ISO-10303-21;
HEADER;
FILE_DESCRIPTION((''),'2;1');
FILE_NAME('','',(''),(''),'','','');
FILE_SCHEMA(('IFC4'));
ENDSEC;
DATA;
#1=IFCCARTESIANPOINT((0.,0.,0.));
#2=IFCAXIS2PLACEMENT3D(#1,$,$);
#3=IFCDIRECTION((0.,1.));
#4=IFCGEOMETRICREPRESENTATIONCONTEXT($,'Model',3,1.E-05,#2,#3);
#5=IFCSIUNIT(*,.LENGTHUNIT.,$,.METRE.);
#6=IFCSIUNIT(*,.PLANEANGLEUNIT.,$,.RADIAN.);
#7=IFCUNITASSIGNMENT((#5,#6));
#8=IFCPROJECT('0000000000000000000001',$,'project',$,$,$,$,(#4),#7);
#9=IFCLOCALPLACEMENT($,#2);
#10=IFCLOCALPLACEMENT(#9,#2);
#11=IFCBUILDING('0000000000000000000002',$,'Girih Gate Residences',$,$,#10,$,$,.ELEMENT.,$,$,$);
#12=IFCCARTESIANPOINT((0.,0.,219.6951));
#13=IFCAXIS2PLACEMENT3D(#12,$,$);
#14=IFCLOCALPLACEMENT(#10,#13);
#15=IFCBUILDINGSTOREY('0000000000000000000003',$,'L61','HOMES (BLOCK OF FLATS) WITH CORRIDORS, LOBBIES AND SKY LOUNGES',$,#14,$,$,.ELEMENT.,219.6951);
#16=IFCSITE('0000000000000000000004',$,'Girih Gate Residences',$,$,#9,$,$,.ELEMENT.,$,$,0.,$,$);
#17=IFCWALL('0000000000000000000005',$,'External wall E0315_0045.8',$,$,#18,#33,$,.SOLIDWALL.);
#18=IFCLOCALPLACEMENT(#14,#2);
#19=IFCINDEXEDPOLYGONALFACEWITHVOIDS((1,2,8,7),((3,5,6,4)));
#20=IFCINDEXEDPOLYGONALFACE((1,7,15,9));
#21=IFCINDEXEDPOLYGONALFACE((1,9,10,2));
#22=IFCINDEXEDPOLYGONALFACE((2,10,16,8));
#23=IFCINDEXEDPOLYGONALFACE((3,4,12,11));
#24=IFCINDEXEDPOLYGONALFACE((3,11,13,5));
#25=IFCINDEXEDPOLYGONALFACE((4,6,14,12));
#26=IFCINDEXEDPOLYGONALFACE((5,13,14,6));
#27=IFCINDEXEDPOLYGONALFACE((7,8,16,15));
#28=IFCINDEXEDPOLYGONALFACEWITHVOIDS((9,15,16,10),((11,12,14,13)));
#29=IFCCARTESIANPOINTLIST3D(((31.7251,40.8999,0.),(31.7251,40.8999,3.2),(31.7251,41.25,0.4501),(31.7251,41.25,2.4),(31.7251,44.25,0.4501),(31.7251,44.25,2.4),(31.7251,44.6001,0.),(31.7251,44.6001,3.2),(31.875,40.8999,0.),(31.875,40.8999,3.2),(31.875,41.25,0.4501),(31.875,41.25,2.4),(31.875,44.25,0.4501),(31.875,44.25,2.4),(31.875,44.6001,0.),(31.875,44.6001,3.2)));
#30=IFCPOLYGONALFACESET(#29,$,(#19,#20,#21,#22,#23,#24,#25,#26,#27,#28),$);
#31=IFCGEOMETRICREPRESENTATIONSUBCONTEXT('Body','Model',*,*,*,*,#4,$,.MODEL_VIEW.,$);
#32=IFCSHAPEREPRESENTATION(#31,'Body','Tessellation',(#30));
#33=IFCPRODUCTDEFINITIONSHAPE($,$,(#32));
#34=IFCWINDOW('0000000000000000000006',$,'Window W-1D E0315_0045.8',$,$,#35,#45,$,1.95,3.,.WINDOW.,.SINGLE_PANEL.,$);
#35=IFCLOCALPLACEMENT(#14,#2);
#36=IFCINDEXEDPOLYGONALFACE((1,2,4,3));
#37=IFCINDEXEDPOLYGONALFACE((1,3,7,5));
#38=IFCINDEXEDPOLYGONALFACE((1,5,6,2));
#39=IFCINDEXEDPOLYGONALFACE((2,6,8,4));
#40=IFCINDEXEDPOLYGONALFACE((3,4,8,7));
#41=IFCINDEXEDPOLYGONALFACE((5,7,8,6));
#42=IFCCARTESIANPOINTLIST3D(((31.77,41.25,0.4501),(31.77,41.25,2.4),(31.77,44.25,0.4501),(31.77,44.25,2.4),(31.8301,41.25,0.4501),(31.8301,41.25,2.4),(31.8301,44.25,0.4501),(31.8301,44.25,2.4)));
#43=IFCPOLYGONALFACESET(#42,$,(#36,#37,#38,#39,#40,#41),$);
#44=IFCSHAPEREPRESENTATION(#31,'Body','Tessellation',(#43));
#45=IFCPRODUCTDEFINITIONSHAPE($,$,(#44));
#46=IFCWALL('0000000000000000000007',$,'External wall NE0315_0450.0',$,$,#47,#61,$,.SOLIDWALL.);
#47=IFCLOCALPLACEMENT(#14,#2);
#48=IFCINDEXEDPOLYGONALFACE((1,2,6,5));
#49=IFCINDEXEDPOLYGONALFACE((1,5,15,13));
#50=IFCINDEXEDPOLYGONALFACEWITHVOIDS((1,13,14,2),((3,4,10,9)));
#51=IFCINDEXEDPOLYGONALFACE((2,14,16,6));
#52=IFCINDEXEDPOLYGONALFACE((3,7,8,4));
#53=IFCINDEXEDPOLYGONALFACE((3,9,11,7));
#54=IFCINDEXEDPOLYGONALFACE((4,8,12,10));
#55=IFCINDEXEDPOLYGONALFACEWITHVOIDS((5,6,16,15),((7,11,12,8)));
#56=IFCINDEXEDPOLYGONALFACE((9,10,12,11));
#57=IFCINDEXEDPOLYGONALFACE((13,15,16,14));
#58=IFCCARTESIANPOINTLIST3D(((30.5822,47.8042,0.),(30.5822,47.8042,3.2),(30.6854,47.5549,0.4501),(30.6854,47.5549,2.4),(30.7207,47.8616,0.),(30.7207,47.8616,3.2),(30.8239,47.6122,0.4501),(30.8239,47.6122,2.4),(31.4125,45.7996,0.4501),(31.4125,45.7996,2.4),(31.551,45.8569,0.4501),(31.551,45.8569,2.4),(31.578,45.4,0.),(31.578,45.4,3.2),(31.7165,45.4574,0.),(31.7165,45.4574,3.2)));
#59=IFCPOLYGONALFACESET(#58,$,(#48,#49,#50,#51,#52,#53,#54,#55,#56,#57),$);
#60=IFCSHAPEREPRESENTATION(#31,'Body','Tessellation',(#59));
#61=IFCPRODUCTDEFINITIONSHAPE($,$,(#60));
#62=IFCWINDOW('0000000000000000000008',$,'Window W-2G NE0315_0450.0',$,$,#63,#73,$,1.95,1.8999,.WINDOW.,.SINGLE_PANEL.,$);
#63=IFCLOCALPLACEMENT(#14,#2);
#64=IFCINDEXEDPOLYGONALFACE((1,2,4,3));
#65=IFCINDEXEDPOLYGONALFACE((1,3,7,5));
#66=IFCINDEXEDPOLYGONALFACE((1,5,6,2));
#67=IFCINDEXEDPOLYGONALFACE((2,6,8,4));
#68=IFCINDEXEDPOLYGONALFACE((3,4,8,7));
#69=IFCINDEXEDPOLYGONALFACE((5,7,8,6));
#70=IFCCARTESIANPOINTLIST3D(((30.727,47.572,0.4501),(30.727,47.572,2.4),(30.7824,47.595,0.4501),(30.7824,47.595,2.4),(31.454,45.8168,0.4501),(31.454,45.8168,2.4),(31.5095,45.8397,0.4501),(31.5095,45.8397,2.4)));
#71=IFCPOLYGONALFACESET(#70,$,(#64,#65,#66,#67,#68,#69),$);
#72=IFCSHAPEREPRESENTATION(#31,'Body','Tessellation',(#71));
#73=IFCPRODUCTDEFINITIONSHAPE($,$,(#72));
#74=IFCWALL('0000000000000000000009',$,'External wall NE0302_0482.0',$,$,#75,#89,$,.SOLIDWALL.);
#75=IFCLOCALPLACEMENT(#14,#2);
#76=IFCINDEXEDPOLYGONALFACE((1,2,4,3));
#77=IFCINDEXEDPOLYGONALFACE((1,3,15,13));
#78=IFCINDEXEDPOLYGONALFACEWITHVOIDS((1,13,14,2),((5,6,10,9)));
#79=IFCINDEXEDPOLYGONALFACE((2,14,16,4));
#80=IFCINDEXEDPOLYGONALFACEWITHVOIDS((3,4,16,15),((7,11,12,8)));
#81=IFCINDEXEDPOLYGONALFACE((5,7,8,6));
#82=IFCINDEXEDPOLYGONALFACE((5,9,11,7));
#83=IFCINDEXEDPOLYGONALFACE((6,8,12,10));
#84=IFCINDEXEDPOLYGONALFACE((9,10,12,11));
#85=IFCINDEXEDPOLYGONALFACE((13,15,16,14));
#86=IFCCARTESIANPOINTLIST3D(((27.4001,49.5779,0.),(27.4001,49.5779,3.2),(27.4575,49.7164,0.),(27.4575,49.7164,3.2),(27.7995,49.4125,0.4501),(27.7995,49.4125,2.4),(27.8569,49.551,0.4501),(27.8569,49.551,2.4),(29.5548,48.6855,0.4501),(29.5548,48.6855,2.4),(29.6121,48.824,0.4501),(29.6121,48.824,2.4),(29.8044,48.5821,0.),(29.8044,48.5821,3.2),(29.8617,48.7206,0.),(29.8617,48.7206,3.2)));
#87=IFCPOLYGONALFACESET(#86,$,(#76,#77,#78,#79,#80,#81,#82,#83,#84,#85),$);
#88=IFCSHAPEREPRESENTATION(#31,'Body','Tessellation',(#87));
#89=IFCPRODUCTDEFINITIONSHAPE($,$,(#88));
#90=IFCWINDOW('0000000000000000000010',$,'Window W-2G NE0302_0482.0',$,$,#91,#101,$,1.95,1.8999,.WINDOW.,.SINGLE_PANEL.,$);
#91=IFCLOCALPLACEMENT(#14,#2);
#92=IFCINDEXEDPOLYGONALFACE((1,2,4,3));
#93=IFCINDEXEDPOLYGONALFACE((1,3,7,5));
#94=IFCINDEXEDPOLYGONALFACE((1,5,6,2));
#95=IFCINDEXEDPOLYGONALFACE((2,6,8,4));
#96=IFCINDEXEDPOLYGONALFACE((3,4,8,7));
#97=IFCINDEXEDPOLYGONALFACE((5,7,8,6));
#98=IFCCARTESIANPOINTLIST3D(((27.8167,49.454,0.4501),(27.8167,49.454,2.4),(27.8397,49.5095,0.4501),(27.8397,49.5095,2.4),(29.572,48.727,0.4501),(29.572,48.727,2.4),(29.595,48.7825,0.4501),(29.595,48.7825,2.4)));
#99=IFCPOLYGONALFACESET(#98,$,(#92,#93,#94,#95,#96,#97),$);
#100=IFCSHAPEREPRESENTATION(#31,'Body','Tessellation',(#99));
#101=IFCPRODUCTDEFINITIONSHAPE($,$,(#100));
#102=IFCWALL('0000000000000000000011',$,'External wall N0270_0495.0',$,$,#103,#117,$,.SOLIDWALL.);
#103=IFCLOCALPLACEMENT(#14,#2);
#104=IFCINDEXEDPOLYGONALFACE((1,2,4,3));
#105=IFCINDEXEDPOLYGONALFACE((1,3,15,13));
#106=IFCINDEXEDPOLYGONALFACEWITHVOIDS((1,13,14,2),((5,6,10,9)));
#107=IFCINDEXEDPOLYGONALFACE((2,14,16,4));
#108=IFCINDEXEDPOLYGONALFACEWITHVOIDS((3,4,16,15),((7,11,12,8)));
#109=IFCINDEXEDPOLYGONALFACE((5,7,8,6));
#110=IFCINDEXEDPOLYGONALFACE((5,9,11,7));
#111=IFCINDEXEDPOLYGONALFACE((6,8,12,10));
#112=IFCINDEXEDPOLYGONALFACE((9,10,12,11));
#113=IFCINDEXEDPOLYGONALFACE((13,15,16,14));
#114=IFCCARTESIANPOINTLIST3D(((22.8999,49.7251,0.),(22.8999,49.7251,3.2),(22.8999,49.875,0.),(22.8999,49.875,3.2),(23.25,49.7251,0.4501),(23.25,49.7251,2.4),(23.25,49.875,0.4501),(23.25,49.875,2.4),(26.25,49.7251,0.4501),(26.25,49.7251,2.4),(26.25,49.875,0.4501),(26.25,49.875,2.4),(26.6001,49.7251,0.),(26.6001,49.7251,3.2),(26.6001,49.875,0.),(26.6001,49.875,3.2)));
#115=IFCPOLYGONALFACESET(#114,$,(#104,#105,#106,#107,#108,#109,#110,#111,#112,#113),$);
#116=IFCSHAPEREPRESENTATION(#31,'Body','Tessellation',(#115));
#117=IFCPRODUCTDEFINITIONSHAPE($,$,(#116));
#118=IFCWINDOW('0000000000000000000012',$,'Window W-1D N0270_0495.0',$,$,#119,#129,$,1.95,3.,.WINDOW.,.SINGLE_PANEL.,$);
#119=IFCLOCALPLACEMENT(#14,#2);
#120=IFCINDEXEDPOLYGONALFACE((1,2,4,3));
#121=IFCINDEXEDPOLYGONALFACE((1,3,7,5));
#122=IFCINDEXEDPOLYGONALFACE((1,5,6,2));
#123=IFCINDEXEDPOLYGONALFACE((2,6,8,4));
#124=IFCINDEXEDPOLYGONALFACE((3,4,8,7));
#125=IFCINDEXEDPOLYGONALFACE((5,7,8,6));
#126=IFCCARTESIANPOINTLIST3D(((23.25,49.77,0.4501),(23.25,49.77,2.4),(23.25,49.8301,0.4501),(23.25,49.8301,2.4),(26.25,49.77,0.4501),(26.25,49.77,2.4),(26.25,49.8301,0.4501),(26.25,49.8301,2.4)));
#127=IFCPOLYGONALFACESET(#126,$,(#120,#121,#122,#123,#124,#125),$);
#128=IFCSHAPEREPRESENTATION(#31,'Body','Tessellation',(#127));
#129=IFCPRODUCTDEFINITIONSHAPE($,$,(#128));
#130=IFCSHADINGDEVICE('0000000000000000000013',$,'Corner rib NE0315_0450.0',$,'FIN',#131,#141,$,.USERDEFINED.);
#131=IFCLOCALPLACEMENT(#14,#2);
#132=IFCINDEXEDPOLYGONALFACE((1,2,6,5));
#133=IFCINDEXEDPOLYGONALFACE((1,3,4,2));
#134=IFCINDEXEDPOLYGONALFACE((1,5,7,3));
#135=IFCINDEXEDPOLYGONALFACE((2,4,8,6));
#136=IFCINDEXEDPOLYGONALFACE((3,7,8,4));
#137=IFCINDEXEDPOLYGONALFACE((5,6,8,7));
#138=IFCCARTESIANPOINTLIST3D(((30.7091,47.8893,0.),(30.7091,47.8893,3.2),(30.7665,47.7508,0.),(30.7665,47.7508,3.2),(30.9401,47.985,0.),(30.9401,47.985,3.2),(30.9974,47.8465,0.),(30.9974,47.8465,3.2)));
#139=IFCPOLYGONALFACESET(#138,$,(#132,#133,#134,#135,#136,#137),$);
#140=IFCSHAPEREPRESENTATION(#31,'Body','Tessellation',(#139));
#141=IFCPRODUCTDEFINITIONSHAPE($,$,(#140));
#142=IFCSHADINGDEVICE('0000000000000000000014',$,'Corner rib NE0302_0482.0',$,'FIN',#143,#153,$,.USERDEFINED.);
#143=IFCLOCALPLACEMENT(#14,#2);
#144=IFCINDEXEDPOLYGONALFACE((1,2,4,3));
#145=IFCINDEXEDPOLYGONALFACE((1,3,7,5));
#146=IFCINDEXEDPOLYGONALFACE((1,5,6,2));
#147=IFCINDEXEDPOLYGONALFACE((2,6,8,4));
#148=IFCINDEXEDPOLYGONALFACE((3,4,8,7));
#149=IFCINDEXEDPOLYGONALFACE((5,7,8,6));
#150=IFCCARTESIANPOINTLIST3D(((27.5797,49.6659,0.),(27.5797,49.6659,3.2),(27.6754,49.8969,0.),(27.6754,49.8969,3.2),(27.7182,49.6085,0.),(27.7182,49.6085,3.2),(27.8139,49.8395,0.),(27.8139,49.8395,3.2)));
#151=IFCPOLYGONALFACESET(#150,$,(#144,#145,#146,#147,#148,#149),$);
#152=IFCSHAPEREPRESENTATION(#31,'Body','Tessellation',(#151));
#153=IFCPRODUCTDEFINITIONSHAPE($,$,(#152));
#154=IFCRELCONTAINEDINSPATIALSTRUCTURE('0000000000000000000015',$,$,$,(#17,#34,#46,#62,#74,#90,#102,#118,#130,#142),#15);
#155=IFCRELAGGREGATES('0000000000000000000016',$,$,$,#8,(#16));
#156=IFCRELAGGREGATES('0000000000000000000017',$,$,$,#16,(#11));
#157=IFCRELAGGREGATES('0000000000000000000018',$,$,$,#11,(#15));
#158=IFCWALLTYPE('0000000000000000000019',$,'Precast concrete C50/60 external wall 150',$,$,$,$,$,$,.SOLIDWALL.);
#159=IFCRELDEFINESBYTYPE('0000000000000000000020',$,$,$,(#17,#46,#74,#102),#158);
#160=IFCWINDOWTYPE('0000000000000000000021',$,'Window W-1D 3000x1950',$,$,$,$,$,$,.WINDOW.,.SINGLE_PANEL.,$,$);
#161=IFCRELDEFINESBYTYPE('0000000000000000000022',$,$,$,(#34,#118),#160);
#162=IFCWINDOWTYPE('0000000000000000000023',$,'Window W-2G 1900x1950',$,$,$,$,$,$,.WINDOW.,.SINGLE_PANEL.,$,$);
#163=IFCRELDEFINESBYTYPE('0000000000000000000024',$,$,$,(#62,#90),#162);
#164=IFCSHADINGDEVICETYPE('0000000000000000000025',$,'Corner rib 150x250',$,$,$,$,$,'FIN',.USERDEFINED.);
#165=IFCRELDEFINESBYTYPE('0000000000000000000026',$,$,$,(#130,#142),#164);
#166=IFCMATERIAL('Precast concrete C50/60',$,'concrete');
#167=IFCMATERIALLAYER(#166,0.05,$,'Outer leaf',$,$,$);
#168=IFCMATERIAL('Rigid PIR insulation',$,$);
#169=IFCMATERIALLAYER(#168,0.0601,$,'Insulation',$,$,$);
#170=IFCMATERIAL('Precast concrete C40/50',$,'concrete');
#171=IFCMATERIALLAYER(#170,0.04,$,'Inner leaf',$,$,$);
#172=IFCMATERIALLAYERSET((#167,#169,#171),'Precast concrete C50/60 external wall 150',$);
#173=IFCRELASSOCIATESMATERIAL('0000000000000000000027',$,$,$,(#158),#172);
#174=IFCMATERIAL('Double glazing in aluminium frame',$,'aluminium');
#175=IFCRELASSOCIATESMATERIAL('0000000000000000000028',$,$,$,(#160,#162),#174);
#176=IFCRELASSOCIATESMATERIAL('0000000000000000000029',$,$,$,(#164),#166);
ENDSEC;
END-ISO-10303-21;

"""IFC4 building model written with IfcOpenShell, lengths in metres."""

from ifc_helpers import new_model, si_unit, direction, frame, frame_2d, origin, origin_2d, place, context, subcontext, project, spatial, rectangle, extrude, material, layer, layer_set, type_object, element, fill, save


model = new_model("IFC4")

# Units and contexts
model_context = context("Model", 3, precision=1e-05, world=origin(), true_north=direction((0.0, 1.0)))
body_context = subcontext(model_context, "Body", "Model", "MODEL_VIEW")
ifc_project = project(units=[si_unit("LENGTHUNIT", "METRE"), si_unit("PLANEANGLEUNIT", "RADIAN")], contexts=[model_context])

# Site, building, storey
site_placement = place(None, origin())
site = spatial("IfcSite", under=ifc_project, at=site_placement, Name="Girih Gate Residences", CompositionType="ELEMENT", RefElevation=0.0)
building_placement = place(site_placement, origin())
building = spatial("IfcBuilding", under=site, at=building_placement, Name="Girih Gate Residences", CompositionType="ELEMENT")
storey_placement = place(building_placement, frame((0.0, 0.0, 219.6951)))
storey = spatial("IfcBuildingStorey", under=building, at=storey_placement, Name="L61", Description="HOMES (BLOCK OF FLATS) WITH CORRIDORS, LOBBIES AND SKY LOUNGES", CompositionType="ELEMENT", Elevation=219.6951)

# Walls, openings, windows
ifc_material_1 = material(Name="Precast concrete C50/60", Category="concrete")
ifc_layer_1 = layer(ifc_material_1, 0.05, Name="Outer leaf")
ifc_material_2 = material(Name="Rigid PIR insulation")
ifc_layer_2 = layer(ifc_material_2, 0.0601, Name="Insulation")
ifc_material_3 = material(Name="Precast concrete C40/50", Category="concrete")
ifc_layer_3 = layer(ifc_material_3, 0.04, Name="Inner leaf")
ifc_layer_set_1 = layer_set([ifc_layer_1, ifc_layer_2, ifc_layer_3], Name="Precast concrete C50/60 external wall 150")
wall_type_1 = type_object("IfcWallType", Name="Precast concrete C50/60 external wall 150", PredefinedType="SOLIDWALL", material=ifc_layer_set_1)
ifc_material_4 = material(Name="Double glazing in aluminium frame", Category="aluminium")
window_type_1 = type_object("IfcWindowType", Name="Window W-1D 3000x1950", PartitioningType="SINGLE_PANEL", PredefinedType="WINDOW", material=ifc_material_4)
wall_1_placement = place(storey_placement, frame((31.8, 44.6001, 0.0), z_axis=(0.0, 0.0, 1.0), x_axis=(0.0, -1.0, 0.0)))
wall_1 = element("IfcWall", 1, at=wall_1_placement, inside=storey, type_object=wall_type_1, Name="External wall E0315_0045.8", PredefinedType="SOLIDWALL", context=body_context, shape_type="SweptSolid", body=[
    extrude(rectangle(XDim=3.7002, YDim=0.1499, at=frame_2d((1.8501, 0.0))), origin(), (0.0, 0.0, 1.0), 3.2),
])
opening_1_placement = place(wall_1_placement, frame((0.3501, 0.0, 0.45)))
opening_1 = element("IfcOpeningElement", 2, at=opening_1_placement, cuts=wall_1, PredefinedType="OPENING", context=body_context, shape_type="SweptSolid", body=[
    extrude(rectangle(XDim=3.0, YDim=1.95, at=frame_2d((1.5, 0.9751))), frame((0.0, 0.085, 0.0), z_axis=(0.0, -1.0, 0.0), x_axis=(1.0, 0.0, 0.0)), (0.0, 0.0, 1.0), 0.1699),
])
window_1_placement = place(opening_1_placement, origin())
window_1 = element("IfcWindow", 3, at=window_1_placement, inside=storey, type_object=window_type_1, Name="Window W-1D E0315_0045.8", OverallHeight=1.95, OverallWidth=3.0, PartitioningType="SINGLE_PANEL", PredefinedType="WINDOW", context=body_context, shape_type="SweptSolid", body=[
    extrude(rectangle(XDim=3.0, YDim=1.95, at=frame_2d((1.5, 0.9751))), frame((0.0, 0.03, 0.0), z_axis=(0.0, -1.0, 0.0), x_axis=(1.0, 0.0, 0.0)), (0.0, 0.0, 1.0), 0.0601),
])
fill(opening_1, window_1)
wall_2_placement = place(storey_placement, frame((30.6514, 47.833, 0.0), z_axis=(0.0, 0.0, 1.0), x_axis=(0.382669, -0.923885, 0.0)))
wall_2 = element("IfcWall", 4, at=wall_2_placement, inside=storey, type_object=wall_type_1, Name="External wall NE0315_0450.0", PredefinedType="SOLIDWALL", context=body_context, shape_type="SweptSolid", body=[
    extrude(rectangle(XDim=2.6023, YDim=0.1499, at=frame_2d((1.3013, 0.0))), origin(), (0.0, 0.0, 1.0), 3.2),
])
opening_2_placement = place(wall_2_placement, frame((0.27, 0.0, 0.45)))
opening_2 = element("IfcOpeningElement", 5, at=opening_2_placement, cuts=wall_2, PredefinedType="OPENING", context=body_context, shape_type="SweptSolid", body=[
    extrude(rectangle(XDim=1.8999, YDim=1.95, at=frame_2d((0.95, 0.9751))), frame((0.0, 0.085, 0.0), z_axis=(0.0, -1.0, 0.0), x_axis=(1.0, 0.0, 0.0)), (0.0, 0.0, 1.0), 0.1699),
])
window_type_2 = type_object("IfcWindowType", Name="Window W-2G 1900x1950", PartitioningType="SINGLE_PANEL", PredefinedType="WINDOW", material=ifc_material_4)
window_2_placement = place(opening_2_placement, origin())
window_2 = element("IfcWindow", 6, at=window_2_placement, inside=storey, type_object=window_type_2, Name="Window W-2G NE0315_0450.0", OverallHeight=1.95, OverallWidth=1.8999, PartitioningType="SINGLE_PANEL", PredefinedType="WINDOW", context=body_context, shape_type="SweptSolid", body=[
    extrude(rectangle(XDim=1.8999, YDim=1.95, at=frame_2d((0.95, 0.9751))), frame((0.0, 0.03, 0.0), z_axis=(0.0, -1.0, 0.0), x_axis=(1.0, 0.0, 0.0)), (0.0, 0.0, 1.0), 0.0601),
])
fill(opening_2, window_2)
wall_3_placement = place(storey_placement, frame((27.4287, 49.6472, 0.0), z_axis=(0.0, 0.0, 1.0), x_axis=(0.923885, -0.382669, 0.0)))
wall_3 = element("IfcWall", 7, at=wall_3_placement, inside=storey, type_object=wall_type_1, Name="External wall NE0302_0482.0", PredefinedType="SOLIDWALL", context=body_context, shape_type="SweptSolid", body=[
    extrude(rectangle(XDim=2.6023, YDim=0.1499, at=frame_2d((1.3013, 0.0))), origin(), (0.0, 0.0, 1.0), 3.2),
])
opening_3_placement = place(wall_3_placement, frame((0.4324, 0.0, 0.45)))
opening_3 = element("IfcOpeningElement", 8, at=opening_3_placement, cuts=wall_3, PredefinedType="OPENING", context=body_context, shape_type="SweptSolid", body=[
    extrude(rectangle(XDim=1.8999, YDim=1.95, at=frame_2d((0.95, 0.9751))), frame((0.0, 0.085, 0.0), z_axis=(0.0, -1.0, 0.0), x_axis=(1.0, 0.0, 0.0)), (0.0, 0.0, 1.0), 0.1699),
])
window_3_placement = place(opening_3_placement, origin())
window_3 = element("IfcWindow", 9, at=window_3_placement, inside=storey, type_object=window_type_2, Name="Window W-2G NE0302_0482.0", OverallHeight=1.95, OverallWidth=1.8999, PartitioningType="SINGLE_PANEL", PredefinedType="WINDOW", context=body_context, shape_type="SweptSolid", body=[
    extrude(rectangle(XDim=1.8999, YDim=1.95, at=frame_2d((0.95, 0.9751))), frame((0.0, 0.03, 0.0), z_axis=(0.0, -1.0, 0.0), x_axis=(1.0, 0.0, 0.0)), (0.0, 0.0, 1.0), 0.0601),
])
fill(opening_3, window_3)
wall_4_placement = place(storey_placement, frame((22.8999, 49.8, 0.0), z_axis=(0.0, 0.0, 1.0), x_axis=(1.0, 0.0, 0.0)))
wall_4 = element("IfcWall", 10, at=wall_4_placement, inside=storey, type_object=wall_type_1, Name="External wall N0270_0495.0", PredefinedType="SOLIDWALL", context=body_context, shape_type="SweptSolid", body=[
    extrude(rectangle(XDim=3.7002, YDim=0.1499, at=frame_2d((1.8501, 0.0))), origin(), (0.0, 0.0, 1.0), 3.2),
])
opening_4_placement = place(wall_4_placement, frame((0.3501, 0.0, 0.45)))
opening_4 = element("IfcOpeningElement", 11, at=opening_4_placement, cuts=wall_4, PredefinedType="OPENING", context=body_context, shape_type="SweptSolid", body=[
    extrude(rectangle(XDim=3.0, YDim=1.95, at=frame_2d((1.5, 0.9751))), frame((0.0, 0.085, 0.0), z_axis=(0.0, -1.0, 0.0), x_axis=(1.0, 0.0, 0.0)), (0.0, 0.0, 1.0), 0.1699),
])
window_4_placement = place(opening_4_placement, origin())
window_4 = element("IfcWindow", 12, at=window_4_placement, inside=storey, type_object=window_type_1, Name="Window W-1D N0270_0495.0", OverallHeight=1.95, OverallWidth=3.0, PartitioningType="SINGLE_PANEL", PredefinedType="WINDOW", context=body_context, shape_type="SweptSolid", body=[
    extrude(rectangle(XDim=3.0, YDim=1.95, at=frame_2d((1.5, 0.9751))), frame((0.0, 0.03, 0.0), z_axis=(0.0, -1.0, 0.0), x_axis=(1.0, 0.0, 0.0)), (0.0, 0.0, 1.0), 0.0601),
])
fill(opening_4, window_4)

# Shading devices
shading_device_type = type_object("IfcShadingDeviceType", Name="Corner rib 150x250", ElementType="FIN", PredefinedType="USERDEFINED", material=ifc_material_1)
for number, where, z_axis, x_axis, name in (
    (13, (30.8533, 47.8679, 0.0), (0.0, 0.0, 1.0), (-0.382683, 0.92388, 0.0), "Corner rib NE0315_0450.0"),
    (14, (27.6968, 49.7527, 0.0), (0.0, 0.0, 1.0), (-0.92388, 0.382683, 0.0), "Corner rib NE0302_0482.0"),
):
    element("IfcShadingDevice", number, at=place(storey_placement, frame(where, z_axis=z_axis, x_axis=x_axis)), inside=storey, type_object=shading_device_type, Name=name, ObjectType="FIN", PredefinedType="USERDEFINED", context=body_context, shape_type="SweptSolid", body=[
        extrude(rectangle(XDim=0.1499, YDim=0.25, at=origin_2d()), origin(), (0.0, 0.0, 1.0), 3.2),
    ])

save(model, "model.ifc")
